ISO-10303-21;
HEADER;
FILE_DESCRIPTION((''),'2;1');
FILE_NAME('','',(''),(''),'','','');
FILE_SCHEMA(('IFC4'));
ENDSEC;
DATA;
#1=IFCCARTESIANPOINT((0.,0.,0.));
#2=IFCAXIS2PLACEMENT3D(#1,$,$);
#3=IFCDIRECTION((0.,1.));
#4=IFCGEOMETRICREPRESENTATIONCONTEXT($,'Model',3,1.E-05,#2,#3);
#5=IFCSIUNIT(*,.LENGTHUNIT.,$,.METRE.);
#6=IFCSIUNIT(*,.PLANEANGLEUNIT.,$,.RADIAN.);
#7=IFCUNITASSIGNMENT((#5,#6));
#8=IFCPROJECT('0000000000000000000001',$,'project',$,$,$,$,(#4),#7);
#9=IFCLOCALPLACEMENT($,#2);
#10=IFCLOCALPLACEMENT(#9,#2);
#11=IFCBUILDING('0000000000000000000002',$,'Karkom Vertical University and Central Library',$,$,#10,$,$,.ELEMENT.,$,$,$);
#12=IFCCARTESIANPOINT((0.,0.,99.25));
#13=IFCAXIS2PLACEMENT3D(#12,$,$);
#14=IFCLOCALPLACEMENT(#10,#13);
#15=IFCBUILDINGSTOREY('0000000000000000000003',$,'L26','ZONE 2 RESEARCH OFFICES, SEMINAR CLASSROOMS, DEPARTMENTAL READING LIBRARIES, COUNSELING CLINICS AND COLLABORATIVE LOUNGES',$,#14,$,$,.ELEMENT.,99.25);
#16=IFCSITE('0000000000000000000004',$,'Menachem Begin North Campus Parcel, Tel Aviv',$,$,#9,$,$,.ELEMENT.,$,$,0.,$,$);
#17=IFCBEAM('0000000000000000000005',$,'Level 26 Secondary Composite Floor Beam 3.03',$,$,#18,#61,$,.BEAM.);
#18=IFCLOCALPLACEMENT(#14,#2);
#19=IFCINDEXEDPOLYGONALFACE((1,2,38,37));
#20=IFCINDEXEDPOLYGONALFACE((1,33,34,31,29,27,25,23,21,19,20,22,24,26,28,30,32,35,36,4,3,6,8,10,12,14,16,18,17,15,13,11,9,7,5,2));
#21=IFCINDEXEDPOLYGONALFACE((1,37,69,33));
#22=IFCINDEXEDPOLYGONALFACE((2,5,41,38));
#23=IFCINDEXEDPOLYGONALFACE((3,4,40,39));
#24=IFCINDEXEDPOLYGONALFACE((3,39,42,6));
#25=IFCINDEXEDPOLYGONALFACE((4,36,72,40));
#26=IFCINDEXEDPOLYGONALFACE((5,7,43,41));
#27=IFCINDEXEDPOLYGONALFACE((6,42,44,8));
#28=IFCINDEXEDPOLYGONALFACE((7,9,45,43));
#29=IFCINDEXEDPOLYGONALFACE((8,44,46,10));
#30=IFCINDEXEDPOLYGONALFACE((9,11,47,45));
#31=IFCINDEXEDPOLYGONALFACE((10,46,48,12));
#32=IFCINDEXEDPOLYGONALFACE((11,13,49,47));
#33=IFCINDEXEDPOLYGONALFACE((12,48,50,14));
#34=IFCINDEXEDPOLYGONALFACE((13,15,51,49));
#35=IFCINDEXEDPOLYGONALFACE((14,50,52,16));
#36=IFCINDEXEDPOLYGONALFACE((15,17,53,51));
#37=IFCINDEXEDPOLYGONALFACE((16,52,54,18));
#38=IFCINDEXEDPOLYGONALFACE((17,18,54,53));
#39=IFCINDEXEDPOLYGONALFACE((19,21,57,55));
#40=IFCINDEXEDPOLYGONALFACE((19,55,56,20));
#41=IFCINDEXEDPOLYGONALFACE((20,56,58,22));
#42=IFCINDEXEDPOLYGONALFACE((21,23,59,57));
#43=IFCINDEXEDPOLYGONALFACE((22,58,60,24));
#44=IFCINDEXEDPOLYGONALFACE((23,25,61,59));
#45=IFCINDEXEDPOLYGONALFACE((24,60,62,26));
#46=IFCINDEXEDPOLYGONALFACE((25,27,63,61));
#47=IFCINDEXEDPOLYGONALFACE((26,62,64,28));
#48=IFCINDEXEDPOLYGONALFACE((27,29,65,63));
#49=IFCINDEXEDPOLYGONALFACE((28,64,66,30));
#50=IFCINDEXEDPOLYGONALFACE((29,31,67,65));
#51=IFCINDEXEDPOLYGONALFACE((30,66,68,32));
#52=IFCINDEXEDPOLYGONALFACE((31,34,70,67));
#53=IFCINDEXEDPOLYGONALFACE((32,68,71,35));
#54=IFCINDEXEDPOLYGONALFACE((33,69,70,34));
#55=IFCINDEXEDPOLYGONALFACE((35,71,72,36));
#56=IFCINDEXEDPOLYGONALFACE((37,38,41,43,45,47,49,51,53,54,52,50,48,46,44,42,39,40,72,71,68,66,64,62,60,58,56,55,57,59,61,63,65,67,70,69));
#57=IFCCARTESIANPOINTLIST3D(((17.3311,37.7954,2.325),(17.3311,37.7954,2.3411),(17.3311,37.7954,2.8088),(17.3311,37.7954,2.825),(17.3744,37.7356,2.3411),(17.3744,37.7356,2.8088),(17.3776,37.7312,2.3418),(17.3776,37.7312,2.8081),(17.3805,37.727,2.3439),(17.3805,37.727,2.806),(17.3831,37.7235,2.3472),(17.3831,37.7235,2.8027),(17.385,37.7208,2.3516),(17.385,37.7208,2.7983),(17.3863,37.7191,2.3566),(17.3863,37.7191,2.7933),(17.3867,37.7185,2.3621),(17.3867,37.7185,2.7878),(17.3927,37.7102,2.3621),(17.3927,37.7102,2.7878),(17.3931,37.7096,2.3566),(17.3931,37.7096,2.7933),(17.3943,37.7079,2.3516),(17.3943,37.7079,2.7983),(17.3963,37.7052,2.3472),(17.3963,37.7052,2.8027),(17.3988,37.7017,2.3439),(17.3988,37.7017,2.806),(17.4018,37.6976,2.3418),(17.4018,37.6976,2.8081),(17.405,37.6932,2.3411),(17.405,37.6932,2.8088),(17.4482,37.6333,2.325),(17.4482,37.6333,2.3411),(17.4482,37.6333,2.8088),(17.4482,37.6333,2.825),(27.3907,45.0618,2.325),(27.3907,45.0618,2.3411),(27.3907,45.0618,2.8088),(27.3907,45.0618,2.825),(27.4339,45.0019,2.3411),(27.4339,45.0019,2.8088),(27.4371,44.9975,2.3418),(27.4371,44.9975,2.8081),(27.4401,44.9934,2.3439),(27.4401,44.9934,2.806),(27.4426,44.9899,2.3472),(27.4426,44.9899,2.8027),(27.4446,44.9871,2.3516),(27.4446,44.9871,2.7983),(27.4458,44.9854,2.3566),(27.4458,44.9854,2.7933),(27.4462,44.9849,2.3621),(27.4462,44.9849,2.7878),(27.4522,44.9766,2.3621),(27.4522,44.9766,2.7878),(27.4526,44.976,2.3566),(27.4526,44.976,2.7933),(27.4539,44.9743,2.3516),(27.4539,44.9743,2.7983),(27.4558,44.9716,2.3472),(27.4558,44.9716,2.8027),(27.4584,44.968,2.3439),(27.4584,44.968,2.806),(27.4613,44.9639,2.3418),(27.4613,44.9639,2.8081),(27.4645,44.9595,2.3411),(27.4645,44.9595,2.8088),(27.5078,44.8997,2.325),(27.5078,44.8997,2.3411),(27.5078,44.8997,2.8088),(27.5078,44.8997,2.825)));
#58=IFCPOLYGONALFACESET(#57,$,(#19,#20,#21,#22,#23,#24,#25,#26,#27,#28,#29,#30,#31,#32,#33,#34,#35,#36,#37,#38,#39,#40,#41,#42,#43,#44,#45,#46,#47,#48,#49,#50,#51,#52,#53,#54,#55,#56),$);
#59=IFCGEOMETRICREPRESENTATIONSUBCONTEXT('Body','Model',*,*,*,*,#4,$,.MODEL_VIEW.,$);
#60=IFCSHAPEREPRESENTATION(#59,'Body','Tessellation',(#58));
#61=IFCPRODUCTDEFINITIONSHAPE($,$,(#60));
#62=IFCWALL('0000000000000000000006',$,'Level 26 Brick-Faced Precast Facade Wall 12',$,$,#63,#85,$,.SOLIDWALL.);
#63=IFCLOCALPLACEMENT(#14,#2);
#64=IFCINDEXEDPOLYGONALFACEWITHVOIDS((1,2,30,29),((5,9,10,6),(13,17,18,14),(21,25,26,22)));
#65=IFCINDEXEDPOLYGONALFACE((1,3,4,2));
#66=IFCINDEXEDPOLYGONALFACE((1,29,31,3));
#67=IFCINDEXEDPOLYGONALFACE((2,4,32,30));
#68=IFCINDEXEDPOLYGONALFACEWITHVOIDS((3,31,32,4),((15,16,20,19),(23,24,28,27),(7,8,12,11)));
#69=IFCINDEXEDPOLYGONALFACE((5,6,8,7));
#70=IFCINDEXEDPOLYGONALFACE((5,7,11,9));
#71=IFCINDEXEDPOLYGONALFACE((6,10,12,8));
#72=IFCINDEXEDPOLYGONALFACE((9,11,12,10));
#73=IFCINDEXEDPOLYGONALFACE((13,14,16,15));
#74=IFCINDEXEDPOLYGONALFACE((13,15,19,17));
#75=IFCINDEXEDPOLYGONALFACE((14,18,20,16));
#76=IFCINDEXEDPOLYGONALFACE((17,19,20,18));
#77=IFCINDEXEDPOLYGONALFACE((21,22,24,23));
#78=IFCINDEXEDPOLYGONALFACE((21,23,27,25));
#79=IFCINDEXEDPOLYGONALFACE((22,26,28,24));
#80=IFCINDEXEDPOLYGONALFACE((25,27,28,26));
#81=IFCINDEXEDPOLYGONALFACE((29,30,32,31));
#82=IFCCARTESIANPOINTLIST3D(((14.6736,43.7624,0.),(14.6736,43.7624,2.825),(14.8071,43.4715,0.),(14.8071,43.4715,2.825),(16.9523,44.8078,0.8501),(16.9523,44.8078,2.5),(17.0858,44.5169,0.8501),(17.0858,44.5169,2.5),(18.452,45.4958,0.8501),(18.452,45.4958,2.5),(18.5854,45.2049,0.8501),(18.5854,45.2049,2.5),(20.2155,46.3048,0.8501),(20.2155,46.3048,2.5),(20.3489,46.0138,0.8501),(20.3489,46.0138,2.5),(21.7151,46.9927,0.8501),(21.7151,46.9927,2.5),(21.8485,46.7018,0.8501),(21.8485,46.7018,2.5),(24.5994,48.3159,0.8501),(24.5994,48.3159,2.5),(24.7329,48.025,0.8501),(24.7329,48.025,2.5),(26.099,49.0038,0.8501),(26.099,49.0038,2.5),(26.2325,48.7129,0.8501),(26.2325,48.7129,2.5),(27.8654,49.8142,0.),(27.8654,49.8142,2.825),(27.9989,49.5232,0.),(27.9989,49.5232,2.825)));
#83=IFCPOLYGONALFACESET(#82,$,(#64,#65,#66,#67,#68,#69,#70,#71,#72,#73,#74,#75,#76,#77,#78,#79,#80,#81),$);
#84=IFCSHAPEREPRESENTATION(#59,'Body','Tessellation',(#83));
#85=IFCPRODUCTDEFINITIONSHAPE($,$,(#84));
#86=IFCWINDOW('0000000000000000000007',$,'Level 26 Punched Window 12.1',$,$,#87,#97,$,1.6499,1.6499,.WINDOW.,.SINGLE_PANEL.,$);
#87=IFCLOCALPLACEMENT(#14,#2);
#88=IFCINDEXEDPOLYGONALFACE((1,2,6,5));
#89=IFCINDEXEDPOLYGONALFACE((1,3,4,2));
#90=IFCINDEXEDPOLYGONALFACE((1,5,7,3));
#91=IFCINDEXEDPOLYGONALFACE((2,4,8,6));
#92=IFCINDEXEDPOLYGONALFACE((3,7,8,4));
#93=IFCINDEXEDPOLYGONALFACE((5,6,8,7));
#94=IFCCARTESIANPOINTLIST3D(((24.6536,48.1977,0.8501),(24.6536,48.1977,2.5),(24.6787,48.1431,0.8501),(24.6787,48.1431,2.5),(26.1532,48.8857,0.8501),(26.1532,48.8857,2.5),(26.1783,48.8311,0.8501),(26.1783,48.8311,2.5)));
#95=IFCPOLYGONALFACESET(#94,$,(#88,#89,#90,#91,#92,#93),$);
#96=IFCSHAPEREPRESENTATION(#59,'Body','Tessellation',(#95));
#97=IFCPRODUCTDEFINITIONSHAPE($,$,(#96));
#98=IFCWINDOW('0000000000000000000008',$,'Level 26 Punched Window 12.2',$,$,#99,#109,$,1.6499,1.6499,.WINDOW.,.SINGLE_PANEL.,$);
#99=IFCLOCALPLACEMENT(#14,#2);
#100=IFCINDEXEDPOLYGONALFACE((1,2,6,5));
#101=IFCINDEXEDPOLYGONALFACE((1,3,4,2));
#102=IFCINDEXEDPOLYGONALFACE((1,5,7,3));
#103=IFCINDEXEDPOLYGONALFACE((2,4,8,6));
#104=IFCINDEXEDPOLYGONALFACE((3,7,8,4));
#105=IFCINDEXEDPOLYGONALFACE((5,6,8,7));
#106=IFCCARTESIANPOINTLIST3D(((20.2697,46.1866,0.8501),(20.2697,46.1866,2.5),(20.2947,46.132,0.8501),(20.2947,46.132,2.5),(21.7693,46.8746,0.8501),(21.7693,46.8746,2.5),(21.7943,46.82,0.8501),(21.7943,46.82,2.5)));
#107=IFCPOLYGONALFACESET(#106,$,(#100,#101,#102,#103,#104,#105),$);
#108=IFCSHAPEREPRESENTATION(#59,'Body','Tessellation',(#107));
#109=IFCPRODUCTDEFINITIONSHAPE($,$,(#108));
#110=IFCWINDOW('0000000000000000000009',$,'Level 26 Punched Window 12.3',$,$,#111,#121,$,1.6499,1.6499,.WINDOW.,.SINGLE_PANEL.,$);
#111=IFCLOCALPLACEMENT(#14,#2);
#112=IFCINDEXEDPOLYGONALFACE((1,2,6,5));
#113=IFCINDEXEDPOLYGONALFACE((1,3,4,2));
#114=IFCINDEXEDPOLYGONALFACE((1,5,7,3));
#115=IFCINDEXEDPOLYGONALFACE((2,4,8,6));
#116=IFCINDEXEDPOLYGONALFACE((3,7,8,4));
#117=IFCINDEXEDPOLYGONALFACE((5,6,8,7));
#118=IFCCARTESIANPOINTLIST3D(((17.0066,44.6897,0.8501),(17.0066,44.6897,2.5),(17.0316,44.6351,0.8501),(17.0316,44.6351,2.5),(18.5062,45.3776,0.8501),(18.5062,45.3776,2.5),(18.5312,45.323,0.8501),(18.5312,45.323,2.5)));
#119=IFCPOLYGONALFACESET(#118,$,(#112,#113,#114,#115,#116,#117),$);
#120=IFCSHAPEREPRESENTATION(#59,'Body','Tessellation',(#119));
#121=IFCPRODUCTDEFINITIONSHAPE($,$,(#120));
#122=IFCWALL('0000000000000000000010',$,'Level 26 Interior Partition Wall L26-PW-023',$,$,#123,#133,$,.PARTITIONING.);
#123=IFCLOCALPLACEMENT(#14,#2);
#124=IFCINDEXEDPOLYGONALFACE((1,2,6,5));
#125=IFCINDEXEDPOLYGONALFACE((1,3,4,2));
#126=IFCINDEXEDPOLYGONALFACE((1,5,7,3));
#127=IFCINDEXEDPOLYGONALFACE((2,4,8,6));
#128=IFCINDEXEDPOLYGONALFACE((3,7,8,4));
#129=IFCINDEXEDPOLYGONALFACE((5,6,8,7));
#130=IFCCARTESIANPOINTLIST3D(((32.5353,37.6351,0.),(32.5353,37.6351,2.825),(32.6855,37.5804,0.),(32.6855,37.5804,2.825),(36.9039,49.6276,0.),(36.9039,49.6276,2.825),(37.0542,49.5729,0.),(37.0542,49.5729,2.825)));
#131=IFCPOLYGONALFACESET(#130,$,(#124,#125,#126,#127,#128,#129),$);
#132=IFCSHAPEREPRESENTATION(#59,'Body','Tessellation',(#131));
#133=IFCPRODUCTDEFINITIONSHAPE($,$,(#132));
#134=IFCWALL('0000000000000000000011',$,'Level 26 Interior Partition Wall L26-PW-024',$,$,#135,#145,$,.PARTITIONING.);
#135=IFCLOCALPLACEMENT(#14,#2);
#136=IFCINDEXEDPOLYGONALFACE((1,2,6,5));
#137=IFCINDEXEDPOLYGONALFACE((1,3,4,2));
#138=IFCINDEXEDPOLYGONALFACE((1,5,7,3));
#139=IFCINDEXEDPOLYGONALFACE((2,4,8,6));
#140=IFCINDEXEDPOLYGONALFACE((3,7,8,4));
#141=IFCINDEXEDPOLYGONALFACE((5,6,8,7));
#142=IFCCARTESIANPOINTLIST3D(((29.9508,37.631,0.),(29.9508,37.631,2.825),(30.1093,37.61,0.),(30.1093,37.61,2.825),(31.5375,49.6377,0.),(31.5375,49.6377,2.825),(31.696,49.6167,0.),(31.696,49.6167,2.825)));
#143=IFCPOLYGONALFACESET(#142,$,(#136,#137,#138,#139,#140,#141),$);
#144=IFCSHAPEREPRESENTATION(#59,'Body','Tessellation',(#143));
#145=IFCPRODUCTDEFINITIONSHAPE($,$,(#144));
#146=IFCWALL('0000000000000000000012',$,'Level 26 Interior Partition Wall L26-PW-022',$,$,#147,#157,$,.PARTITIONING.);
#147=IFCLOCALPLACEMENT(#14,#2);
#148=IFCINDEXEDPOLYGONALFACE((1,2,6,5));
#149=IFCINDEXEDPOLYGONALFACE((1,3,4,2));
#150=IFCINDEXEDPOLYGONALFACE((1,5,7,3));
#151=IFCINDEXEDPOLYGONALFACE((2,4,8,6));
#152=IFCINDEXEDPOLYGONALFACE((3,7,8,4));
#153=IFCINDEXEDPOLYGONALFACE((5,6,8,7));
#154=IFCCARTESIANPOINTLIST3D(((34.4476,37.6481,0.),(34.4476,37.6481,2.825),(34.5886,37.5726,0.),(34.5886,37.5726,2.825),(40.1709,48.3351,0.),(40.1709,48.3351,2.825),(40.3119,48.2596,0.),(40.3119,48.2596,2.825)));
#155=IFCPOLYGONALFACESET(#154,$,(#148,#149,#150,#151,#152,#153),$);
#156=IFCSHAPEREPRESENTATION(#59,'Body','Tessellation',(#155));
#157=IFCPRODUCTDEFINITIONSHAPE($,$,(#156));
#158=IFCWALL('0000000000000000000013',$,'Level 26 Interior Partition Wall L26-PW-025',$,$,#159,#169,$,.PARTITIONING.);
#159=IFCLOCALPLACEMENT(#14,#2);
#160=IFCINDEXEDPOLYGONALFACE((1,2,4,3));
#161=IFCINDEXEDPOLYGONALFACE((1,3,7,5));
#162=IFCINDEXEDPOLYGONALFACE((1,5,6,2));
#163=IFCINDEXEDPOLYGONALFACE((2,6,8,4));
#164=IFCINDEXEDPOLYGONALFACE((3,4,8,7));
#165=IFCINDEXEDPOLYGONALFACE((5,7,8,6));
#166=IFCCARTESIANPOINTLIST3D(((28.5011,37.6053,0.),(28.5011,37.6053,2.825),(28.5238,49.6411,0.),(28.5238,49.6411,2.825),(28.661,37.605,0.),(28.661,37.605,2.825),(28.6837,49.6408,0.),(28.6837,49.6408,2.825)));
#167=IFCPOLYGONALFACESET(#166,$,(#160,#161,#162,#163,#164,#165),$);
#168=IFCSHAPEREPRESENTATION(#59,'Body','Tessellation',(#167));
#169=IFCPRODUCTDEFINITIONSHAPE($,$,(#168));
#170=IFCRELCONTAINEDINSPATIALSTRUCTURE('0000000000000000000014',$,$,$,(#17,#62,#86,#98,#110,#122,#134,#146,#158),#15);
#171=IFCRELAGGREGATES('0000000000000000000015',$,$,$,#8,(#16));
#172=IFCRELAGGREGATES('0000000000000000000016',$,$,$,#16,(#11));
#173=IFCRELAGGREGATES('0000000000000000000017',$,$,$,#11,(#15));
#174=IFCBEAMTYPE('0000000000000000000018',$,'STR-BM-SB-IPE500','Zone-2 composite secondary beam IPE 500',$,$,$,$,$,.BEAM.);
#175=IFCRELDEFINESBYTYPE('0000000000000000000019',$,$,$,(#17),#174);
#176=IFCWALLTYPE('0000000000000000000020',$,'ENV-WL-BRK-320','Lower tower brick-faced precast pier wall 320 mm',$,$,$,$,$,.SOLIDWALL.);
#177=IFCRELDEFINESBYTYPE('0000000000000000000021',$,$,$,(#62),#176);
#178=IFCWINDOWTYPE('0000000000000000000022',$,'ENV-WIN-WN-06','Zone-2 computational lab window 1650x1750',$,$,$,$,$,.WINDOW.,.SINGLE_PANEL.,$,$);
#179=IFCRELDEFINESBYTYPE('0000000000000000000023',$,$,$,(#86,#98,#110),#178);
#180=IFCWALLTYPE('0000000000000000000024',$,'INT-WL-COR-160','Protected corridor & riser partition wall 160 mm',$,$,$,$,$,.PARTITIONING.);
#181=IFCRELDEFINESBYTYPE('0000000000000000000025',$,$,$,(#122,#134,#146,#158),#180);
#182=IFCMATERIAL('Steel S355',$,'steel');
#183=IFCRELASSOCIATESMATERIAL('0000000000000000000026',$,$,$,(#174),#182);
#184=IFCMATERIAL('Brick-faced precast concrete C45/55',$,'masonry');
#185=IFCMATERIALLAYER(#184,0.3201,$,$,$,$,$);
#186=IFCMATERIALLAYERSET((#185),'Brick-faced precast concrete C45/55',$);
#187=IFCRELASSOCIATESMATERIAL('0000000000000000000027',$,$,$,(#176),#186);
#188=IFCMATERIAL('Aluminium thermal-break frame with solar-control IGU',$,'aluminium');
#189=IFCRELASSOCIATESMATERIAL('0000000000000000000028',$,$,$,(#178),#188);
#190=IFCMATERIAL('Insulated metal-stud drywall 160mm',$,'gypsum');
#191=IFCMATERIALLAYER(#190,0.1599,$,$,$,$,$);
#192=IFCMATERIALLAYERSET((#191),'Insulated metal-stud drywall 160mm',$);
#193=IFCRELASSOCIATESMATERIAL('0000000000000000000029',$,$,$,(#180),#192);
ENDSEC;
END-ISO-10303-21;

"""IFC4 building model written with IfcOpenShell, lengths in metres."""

from ifc_helpers import new_model, si_unit, direction, frame, frame_2d, origin, origin_with_axes, origin_2d, place, context, subcontext, project, spatial, rectangle, i_section, extrude, source, transform, mapped, material, layer, layer_set, material_profile, profile_set, type_object, element, fill, save


model = new_model("IFC4")

# Units and contexts
model_context = context("Model", 3, precision=1e-05, world=origin(), true_north=direction((0.0, 1.0)))
body_context = subcontext(model_context, "Body", "Model", "MODEL_VIEW")
ifc_project = project(units=[si_unit("LENGTHUNIT", "METRE"), si_unit("PLANEANGLEUNIT", "RADIAN")], contexts=[model_context])

# Site, building, storey
site_placement = place(None, origin())
site = spatial("IfcSite", under=ifc_project, at=site_placement, Name="Menachem Begin North Campus Parcel, Tel Aviv", CompositionType="ELEMENT", RefElevation=0.0)
building_placement = place(site_placement, origin())
building = spatial("IfcBuilding", under=site, at=building_placement, Name="Karkom Vertical University and Central Library", CompositionType="ELEMENT")
storey_placement = place(building_placement, frame((0.0, 0.0, 99.25)))
storey = spatial("IfcBuildingStorey", under=building, at=storey_placement, Name="L26", Description="ZONE 2 RESEARCH OFFICES, SEMINAR CLASSROOMS, DEPARTMENTAL READING LIBRARIES, COUNSELING CLINICS AND COLLABORATIVE LOUNGES", CompositionType="ELEMENT", Elevation=99.25)

# Beam
ifc_material_1 = material(Name="Steel S355", Category="steel")
ifc_material_profile_1 = material_profile(ifc_material_1, i_section(OverallWidth=0.2, OverallDepth=0.5, WebThickness=0.0103, FlangeThickness=0.0161, FilletRadius=0.021, at=origin_2d()), Name="IPE 500")
ifc_profile_set_1 = profile_set([ifc_material_profile_1], Name="Steel S355")
beam_type_1 = type_object("IfcBeamType", Name="STR-BM-SB-IPE500", Description="Zone-2 composite secondary beam IPE 500", PredefinedType="BEAM", material=ifc_profile_set_1)
shared_shape_1 = source(origin_with_axes(), body_context, "Body", "SweptSolid", [
    extrude(i_section(OverallWidth=0.2, OverallDepth=0.5, WebThickness=0.0103, FlangeThickness=0.0161, FilletRadius=0.021, at=origin_2d()), origin(), (0.0, 0.0, 1.0), 12.4094),
])
beam_1_placement = place(storey_placement, frame((27.4492, 44.9807, 2.575), z_axis=(-0.810637, -0.585549, 0.0), x_axis=(0.585549, -0.810637, 0.0)))
element("IfcBeam", 1, at=beam_1_placement, inside=storey, type_object=beam_type_1, Name="Level 26 Secondary Composite Floor Beam 3.03", PredefinedType="BEAM", context=body_context, shape_type="MappedRepresentation", body=[
    mapped(shared_shape_1, transform((0.0, 0.0, 0.0), scale=1.0)),
])

# Wall, openings, windows
ifc_material_2 = material(Name="Brick-faced precast concrete C45/55", Category="masonry")
ifc_layer_1 = layer(ifc_material_2, 0.3201)
ifc_layer_set_1 = layer_set([ifc_layer_1], Name="Brick-faced precast concrete C45/55")
wall_type_1 = type_object("IfcWallType", Name="ENV-WL-BRK-320", Description="Lower tower brick-faced precast pier wall 320 mm", PredefinedType="SOLIDWALL", material=ifc_layer_set_1)
wall_1_placement = place(storey_placement, frame((27.9321, 49.6687, 0.0), z_axis=(0.0, 0.0, 1.0), x_axis=(-0.908922, -0.416966, 0.0)))
wall_1 = element("IfcWall", 2, at=wall_1_placement, inside=storey, type_object=wall_type_1, Name="Level 26 Brick-Faced Precast Facade Wall 12", PredefinedType="SOLIDWALL", context=body_context, shape_type="SweptSolid", body=[
    extrude(rectangle(XDim=14.5137, YDim=0.3201, at=frame_2d((7.2568, 0.0))), origin(), (0.0, 0.0, 1.0), 2.825),
])
opening_1_placement = place(wall_1_placement, frame((1.9434, 0.0, 0.8501)))
opening_1 = element("IfcOpeningElement", 3, at=opening_1_placement, cuts=wall_1, PredefinedType="OPENING", context=body_context, shape_type="SweptSolid", body=[
    extrude(rectangle(XDim=1.6499, YDim=1.6499, at=frame_2d((0.825, 0.825))), frame((0.0, 0.1699, 0.0), z_axis=(0.0, -1.0, 0.0), x_axis=(1.0, 0.0, 0.0)), (0.0, 0.0, 1.0), 0.3401),
])
opening_2_placement = place(wall_1_placement, frame((6.7666, 0.0, 0.8501)))
opening_2 = element("IfcOpeningElement", 4, at=opening_2_placement, cuts=wall_1, PredefinedType="OPENING", context=body_context, shape_type="SweptSolid", body=[
    extrude(rectangle(XDim=1.6499, YDim=1.6499, at=frame_2d((0.825, 0.825))), frame((0.0, 0.1699, 0.0), z_axis=(0.0, -1.0, 0.0), x_axis=(1.0, 0.0, 0.0)), (0.0, 0.0, 1.0), 0.3401),
])
opening_3_placement = place(wall_1_placement, frame((10.3567, 0.0, 0.8501)))
opening_3 = element("IfcOpeningElement", 5, at=opening_3_placement, cuts=wall_1, PredefinedType="OPENING", context=body_context, shape_type="SweptSolid", body=[
    extrude(rectangle(XDim=1.6499, YDim=1.6499, at=frame_2d((0.825, 0.825))), frame((0.0, 0.1699, 0.0), z_axis=(0.0, -1.0, 0.0), x_axis=(1.0, 0.0, 0.0)), (0.0, 0.0, 1.0), 0.3401),
])
ifc_material_3 = material(Name="Aluminium thermal-break frame with solar-control IGU", Category="aluminium")
window_type = type_object("IfcWindowType", Name="ENV-WIN-WN-06", Description="Zone-2 computational lab window 1650x1750", PartitioningType="SINGLE_PANEL", PredefinedType="WINDOW", material=ifc_material_3)
shared_shape_2 = source(origin_with_axes(), body_context, "Body", "SweptSolid", [
    extrude(rectangle(XDim=1.6499, YDim=1.6499, at=frame_2d((0.825, 0.825))), frame((0.0, 0.03, 0.0), z_axis=(0.0, -1.0, 0.0), x_axis=(1.0, 0.0, 0.0)), (0.0, 0.0, 1.0), 0.0601),
])
window_1_placement = place(opening_1_placement, origin())
window_1 = element("IfcWindow", 6, at=window_1_placement, inside=storey, type_object=window_type, Name="Level 26 Punched Window 12.1", OverallHeight=1.6499, OverallWidth=1.6499, PartitioningType="SINGLE_PANEL", PredefinedType="WINDOW", context=body_context, shape_type="MappedRepresentation", body=[
    mapped(shared_shape_2, transform((0.0, 0.0, 0.0), scale=1.0)),
])
fill(opening_1, window_1)
window_2_placement = place(opening_2_placement, origin())
window_2 = element("IfcWindow", 7, at=window_2_placement, inside=storey, type_object=window_type, Name="Level 26 Punched Window 12.2", OverallHeight=1.6499, OverallWidth=1.6499, PartitioningType="SINGLE_PANEL", PredefinedType="WINDOW", context=body_context, shape_type="MappedRepresentation", body=[
    mapped(shared_shape_2, transform((0.0, 0.0, 0.0), scale=1.0)),
])
fill(opening_2, window_2)
window_3_placement = place(opening_3_placement, origin())
window_3 = element("IfcWindow", 8, at=window_3_placement, inside=storey, type_object=window_type, Name="Level 26 Punched Window 12.3", OverallHeight=1.6499, OverallWidth=1.6499, PartitioningType="SINGLE_PANEL", PredefinedType="WINDOW", context=body_context, shape_type="MappedRepresentation", body=[
    mapped(shared_shape_2, transform((0.0, 0.0, 0.0), scale=1.0)),
])
fill(opening_3, window_3)

# Walls
ifc_material_4 = material(Name="Insulated metal-stud drywall 160mm", Category="gypsum")
ifc_layer_2 = layer(ifc_material_4, 0.1599)
ifc_layer_set_2 = layer_set([ifc_layer_2], Name="Insulated metal-stud drywall 160mm")
wall_type_2 = type_object("IfcWallType", Name="INT-WL-COR-160", Description="Protected corridor & riser partition wall 160 mm", PredefinedType="PARTITIONING", material=ifc_layer_set_2)
wall_2_placement = place(storey_placement, frame((32.6104, 37.6077, 0.0), z_axis=(0.0, 0.0, 1.0), x_axis=(0.342281, 0.939598, 0.0)))
element("IfcWall", 9, at=wall_2_placement, inside=storey, type_object=wall_type_2, Name="Level 26 Interior Partition Wall L26-PW-023", PredefinedType="PARTITIONING", context=body_context, shape_type="SweptSolid", body=[
    extrude(rectangle(XDim=12.7634, YDim=0.1599, at=frame_2d((6.3818, 0.0))), origin(), (0.0, 0.0, 1.0), 2.825),
])
wall_3_placement = place(storey_placement, frame((30.03, 37.6204, 0.0), z_axis=(0.0, 0.0, 1.0), x_axis=(0.131011, 0.991381, 0.0)))
element("IfcWall", 10, at=wall_3_placement, inside=storey, type_object=wall_type_2, Name="Level 26 Interior Partition Wall L26-PW-024", PredefinedType="PARTITIONING", context=body_context, shape_type="SweptSolid", body=[
    extrude(rectangle(XDim=12.1111, YDim=0.1599, at=frame_2d((6.0557, 0.0))), origin(), (0.0, 0.0, 1.0), 2.825),
])
wall_4_placement = place(storey_placement, frame((34.5181, 37.6104, 0.0), z_axis=(0.0, 0.0, 1.0), x_axis=(0.472106, 0.881542, 0.0)))
element("IfcWall", 11, at=wall_4_placement, inside=storey, type_object=wall_type_2, Name="Level 26 Interior Partition Wall L26-PW-022", PredefinedType="PARTITIONING", context=body_context, shape_type="SweptSolid", body=[
    extrude(rectangle(XDim=12.123, YDim=0.1599, at=frame_2d((6.0615, 0.0))), origin(), (0.0, 0.0, 1.0), 2.825),
])
wall_5_placement = place(storey_placement, frame((28.5811, 37.605, 0.0), z_axis=(0.0, 0.0, 1.0), x_axis=(0.001886, 0.999998, 0.0)))
element("IfcWall", 12, at=wall_5_placement, inside=storey, type_object=wall_type_2, Name="Level 26 Interior Partition Wall L26-PW-025", PredefinedType="PARTITIONING", context=body_context, shape_type="SweptSolid", body=[
    extrude(rectangle(XDim=12.0359, YDim=0.1599, at=frame_2d((6.0181, 0.0))), origin(), (0.0, 0.0, 1.0), 2.825),
])

save(model, "model.ifc")
